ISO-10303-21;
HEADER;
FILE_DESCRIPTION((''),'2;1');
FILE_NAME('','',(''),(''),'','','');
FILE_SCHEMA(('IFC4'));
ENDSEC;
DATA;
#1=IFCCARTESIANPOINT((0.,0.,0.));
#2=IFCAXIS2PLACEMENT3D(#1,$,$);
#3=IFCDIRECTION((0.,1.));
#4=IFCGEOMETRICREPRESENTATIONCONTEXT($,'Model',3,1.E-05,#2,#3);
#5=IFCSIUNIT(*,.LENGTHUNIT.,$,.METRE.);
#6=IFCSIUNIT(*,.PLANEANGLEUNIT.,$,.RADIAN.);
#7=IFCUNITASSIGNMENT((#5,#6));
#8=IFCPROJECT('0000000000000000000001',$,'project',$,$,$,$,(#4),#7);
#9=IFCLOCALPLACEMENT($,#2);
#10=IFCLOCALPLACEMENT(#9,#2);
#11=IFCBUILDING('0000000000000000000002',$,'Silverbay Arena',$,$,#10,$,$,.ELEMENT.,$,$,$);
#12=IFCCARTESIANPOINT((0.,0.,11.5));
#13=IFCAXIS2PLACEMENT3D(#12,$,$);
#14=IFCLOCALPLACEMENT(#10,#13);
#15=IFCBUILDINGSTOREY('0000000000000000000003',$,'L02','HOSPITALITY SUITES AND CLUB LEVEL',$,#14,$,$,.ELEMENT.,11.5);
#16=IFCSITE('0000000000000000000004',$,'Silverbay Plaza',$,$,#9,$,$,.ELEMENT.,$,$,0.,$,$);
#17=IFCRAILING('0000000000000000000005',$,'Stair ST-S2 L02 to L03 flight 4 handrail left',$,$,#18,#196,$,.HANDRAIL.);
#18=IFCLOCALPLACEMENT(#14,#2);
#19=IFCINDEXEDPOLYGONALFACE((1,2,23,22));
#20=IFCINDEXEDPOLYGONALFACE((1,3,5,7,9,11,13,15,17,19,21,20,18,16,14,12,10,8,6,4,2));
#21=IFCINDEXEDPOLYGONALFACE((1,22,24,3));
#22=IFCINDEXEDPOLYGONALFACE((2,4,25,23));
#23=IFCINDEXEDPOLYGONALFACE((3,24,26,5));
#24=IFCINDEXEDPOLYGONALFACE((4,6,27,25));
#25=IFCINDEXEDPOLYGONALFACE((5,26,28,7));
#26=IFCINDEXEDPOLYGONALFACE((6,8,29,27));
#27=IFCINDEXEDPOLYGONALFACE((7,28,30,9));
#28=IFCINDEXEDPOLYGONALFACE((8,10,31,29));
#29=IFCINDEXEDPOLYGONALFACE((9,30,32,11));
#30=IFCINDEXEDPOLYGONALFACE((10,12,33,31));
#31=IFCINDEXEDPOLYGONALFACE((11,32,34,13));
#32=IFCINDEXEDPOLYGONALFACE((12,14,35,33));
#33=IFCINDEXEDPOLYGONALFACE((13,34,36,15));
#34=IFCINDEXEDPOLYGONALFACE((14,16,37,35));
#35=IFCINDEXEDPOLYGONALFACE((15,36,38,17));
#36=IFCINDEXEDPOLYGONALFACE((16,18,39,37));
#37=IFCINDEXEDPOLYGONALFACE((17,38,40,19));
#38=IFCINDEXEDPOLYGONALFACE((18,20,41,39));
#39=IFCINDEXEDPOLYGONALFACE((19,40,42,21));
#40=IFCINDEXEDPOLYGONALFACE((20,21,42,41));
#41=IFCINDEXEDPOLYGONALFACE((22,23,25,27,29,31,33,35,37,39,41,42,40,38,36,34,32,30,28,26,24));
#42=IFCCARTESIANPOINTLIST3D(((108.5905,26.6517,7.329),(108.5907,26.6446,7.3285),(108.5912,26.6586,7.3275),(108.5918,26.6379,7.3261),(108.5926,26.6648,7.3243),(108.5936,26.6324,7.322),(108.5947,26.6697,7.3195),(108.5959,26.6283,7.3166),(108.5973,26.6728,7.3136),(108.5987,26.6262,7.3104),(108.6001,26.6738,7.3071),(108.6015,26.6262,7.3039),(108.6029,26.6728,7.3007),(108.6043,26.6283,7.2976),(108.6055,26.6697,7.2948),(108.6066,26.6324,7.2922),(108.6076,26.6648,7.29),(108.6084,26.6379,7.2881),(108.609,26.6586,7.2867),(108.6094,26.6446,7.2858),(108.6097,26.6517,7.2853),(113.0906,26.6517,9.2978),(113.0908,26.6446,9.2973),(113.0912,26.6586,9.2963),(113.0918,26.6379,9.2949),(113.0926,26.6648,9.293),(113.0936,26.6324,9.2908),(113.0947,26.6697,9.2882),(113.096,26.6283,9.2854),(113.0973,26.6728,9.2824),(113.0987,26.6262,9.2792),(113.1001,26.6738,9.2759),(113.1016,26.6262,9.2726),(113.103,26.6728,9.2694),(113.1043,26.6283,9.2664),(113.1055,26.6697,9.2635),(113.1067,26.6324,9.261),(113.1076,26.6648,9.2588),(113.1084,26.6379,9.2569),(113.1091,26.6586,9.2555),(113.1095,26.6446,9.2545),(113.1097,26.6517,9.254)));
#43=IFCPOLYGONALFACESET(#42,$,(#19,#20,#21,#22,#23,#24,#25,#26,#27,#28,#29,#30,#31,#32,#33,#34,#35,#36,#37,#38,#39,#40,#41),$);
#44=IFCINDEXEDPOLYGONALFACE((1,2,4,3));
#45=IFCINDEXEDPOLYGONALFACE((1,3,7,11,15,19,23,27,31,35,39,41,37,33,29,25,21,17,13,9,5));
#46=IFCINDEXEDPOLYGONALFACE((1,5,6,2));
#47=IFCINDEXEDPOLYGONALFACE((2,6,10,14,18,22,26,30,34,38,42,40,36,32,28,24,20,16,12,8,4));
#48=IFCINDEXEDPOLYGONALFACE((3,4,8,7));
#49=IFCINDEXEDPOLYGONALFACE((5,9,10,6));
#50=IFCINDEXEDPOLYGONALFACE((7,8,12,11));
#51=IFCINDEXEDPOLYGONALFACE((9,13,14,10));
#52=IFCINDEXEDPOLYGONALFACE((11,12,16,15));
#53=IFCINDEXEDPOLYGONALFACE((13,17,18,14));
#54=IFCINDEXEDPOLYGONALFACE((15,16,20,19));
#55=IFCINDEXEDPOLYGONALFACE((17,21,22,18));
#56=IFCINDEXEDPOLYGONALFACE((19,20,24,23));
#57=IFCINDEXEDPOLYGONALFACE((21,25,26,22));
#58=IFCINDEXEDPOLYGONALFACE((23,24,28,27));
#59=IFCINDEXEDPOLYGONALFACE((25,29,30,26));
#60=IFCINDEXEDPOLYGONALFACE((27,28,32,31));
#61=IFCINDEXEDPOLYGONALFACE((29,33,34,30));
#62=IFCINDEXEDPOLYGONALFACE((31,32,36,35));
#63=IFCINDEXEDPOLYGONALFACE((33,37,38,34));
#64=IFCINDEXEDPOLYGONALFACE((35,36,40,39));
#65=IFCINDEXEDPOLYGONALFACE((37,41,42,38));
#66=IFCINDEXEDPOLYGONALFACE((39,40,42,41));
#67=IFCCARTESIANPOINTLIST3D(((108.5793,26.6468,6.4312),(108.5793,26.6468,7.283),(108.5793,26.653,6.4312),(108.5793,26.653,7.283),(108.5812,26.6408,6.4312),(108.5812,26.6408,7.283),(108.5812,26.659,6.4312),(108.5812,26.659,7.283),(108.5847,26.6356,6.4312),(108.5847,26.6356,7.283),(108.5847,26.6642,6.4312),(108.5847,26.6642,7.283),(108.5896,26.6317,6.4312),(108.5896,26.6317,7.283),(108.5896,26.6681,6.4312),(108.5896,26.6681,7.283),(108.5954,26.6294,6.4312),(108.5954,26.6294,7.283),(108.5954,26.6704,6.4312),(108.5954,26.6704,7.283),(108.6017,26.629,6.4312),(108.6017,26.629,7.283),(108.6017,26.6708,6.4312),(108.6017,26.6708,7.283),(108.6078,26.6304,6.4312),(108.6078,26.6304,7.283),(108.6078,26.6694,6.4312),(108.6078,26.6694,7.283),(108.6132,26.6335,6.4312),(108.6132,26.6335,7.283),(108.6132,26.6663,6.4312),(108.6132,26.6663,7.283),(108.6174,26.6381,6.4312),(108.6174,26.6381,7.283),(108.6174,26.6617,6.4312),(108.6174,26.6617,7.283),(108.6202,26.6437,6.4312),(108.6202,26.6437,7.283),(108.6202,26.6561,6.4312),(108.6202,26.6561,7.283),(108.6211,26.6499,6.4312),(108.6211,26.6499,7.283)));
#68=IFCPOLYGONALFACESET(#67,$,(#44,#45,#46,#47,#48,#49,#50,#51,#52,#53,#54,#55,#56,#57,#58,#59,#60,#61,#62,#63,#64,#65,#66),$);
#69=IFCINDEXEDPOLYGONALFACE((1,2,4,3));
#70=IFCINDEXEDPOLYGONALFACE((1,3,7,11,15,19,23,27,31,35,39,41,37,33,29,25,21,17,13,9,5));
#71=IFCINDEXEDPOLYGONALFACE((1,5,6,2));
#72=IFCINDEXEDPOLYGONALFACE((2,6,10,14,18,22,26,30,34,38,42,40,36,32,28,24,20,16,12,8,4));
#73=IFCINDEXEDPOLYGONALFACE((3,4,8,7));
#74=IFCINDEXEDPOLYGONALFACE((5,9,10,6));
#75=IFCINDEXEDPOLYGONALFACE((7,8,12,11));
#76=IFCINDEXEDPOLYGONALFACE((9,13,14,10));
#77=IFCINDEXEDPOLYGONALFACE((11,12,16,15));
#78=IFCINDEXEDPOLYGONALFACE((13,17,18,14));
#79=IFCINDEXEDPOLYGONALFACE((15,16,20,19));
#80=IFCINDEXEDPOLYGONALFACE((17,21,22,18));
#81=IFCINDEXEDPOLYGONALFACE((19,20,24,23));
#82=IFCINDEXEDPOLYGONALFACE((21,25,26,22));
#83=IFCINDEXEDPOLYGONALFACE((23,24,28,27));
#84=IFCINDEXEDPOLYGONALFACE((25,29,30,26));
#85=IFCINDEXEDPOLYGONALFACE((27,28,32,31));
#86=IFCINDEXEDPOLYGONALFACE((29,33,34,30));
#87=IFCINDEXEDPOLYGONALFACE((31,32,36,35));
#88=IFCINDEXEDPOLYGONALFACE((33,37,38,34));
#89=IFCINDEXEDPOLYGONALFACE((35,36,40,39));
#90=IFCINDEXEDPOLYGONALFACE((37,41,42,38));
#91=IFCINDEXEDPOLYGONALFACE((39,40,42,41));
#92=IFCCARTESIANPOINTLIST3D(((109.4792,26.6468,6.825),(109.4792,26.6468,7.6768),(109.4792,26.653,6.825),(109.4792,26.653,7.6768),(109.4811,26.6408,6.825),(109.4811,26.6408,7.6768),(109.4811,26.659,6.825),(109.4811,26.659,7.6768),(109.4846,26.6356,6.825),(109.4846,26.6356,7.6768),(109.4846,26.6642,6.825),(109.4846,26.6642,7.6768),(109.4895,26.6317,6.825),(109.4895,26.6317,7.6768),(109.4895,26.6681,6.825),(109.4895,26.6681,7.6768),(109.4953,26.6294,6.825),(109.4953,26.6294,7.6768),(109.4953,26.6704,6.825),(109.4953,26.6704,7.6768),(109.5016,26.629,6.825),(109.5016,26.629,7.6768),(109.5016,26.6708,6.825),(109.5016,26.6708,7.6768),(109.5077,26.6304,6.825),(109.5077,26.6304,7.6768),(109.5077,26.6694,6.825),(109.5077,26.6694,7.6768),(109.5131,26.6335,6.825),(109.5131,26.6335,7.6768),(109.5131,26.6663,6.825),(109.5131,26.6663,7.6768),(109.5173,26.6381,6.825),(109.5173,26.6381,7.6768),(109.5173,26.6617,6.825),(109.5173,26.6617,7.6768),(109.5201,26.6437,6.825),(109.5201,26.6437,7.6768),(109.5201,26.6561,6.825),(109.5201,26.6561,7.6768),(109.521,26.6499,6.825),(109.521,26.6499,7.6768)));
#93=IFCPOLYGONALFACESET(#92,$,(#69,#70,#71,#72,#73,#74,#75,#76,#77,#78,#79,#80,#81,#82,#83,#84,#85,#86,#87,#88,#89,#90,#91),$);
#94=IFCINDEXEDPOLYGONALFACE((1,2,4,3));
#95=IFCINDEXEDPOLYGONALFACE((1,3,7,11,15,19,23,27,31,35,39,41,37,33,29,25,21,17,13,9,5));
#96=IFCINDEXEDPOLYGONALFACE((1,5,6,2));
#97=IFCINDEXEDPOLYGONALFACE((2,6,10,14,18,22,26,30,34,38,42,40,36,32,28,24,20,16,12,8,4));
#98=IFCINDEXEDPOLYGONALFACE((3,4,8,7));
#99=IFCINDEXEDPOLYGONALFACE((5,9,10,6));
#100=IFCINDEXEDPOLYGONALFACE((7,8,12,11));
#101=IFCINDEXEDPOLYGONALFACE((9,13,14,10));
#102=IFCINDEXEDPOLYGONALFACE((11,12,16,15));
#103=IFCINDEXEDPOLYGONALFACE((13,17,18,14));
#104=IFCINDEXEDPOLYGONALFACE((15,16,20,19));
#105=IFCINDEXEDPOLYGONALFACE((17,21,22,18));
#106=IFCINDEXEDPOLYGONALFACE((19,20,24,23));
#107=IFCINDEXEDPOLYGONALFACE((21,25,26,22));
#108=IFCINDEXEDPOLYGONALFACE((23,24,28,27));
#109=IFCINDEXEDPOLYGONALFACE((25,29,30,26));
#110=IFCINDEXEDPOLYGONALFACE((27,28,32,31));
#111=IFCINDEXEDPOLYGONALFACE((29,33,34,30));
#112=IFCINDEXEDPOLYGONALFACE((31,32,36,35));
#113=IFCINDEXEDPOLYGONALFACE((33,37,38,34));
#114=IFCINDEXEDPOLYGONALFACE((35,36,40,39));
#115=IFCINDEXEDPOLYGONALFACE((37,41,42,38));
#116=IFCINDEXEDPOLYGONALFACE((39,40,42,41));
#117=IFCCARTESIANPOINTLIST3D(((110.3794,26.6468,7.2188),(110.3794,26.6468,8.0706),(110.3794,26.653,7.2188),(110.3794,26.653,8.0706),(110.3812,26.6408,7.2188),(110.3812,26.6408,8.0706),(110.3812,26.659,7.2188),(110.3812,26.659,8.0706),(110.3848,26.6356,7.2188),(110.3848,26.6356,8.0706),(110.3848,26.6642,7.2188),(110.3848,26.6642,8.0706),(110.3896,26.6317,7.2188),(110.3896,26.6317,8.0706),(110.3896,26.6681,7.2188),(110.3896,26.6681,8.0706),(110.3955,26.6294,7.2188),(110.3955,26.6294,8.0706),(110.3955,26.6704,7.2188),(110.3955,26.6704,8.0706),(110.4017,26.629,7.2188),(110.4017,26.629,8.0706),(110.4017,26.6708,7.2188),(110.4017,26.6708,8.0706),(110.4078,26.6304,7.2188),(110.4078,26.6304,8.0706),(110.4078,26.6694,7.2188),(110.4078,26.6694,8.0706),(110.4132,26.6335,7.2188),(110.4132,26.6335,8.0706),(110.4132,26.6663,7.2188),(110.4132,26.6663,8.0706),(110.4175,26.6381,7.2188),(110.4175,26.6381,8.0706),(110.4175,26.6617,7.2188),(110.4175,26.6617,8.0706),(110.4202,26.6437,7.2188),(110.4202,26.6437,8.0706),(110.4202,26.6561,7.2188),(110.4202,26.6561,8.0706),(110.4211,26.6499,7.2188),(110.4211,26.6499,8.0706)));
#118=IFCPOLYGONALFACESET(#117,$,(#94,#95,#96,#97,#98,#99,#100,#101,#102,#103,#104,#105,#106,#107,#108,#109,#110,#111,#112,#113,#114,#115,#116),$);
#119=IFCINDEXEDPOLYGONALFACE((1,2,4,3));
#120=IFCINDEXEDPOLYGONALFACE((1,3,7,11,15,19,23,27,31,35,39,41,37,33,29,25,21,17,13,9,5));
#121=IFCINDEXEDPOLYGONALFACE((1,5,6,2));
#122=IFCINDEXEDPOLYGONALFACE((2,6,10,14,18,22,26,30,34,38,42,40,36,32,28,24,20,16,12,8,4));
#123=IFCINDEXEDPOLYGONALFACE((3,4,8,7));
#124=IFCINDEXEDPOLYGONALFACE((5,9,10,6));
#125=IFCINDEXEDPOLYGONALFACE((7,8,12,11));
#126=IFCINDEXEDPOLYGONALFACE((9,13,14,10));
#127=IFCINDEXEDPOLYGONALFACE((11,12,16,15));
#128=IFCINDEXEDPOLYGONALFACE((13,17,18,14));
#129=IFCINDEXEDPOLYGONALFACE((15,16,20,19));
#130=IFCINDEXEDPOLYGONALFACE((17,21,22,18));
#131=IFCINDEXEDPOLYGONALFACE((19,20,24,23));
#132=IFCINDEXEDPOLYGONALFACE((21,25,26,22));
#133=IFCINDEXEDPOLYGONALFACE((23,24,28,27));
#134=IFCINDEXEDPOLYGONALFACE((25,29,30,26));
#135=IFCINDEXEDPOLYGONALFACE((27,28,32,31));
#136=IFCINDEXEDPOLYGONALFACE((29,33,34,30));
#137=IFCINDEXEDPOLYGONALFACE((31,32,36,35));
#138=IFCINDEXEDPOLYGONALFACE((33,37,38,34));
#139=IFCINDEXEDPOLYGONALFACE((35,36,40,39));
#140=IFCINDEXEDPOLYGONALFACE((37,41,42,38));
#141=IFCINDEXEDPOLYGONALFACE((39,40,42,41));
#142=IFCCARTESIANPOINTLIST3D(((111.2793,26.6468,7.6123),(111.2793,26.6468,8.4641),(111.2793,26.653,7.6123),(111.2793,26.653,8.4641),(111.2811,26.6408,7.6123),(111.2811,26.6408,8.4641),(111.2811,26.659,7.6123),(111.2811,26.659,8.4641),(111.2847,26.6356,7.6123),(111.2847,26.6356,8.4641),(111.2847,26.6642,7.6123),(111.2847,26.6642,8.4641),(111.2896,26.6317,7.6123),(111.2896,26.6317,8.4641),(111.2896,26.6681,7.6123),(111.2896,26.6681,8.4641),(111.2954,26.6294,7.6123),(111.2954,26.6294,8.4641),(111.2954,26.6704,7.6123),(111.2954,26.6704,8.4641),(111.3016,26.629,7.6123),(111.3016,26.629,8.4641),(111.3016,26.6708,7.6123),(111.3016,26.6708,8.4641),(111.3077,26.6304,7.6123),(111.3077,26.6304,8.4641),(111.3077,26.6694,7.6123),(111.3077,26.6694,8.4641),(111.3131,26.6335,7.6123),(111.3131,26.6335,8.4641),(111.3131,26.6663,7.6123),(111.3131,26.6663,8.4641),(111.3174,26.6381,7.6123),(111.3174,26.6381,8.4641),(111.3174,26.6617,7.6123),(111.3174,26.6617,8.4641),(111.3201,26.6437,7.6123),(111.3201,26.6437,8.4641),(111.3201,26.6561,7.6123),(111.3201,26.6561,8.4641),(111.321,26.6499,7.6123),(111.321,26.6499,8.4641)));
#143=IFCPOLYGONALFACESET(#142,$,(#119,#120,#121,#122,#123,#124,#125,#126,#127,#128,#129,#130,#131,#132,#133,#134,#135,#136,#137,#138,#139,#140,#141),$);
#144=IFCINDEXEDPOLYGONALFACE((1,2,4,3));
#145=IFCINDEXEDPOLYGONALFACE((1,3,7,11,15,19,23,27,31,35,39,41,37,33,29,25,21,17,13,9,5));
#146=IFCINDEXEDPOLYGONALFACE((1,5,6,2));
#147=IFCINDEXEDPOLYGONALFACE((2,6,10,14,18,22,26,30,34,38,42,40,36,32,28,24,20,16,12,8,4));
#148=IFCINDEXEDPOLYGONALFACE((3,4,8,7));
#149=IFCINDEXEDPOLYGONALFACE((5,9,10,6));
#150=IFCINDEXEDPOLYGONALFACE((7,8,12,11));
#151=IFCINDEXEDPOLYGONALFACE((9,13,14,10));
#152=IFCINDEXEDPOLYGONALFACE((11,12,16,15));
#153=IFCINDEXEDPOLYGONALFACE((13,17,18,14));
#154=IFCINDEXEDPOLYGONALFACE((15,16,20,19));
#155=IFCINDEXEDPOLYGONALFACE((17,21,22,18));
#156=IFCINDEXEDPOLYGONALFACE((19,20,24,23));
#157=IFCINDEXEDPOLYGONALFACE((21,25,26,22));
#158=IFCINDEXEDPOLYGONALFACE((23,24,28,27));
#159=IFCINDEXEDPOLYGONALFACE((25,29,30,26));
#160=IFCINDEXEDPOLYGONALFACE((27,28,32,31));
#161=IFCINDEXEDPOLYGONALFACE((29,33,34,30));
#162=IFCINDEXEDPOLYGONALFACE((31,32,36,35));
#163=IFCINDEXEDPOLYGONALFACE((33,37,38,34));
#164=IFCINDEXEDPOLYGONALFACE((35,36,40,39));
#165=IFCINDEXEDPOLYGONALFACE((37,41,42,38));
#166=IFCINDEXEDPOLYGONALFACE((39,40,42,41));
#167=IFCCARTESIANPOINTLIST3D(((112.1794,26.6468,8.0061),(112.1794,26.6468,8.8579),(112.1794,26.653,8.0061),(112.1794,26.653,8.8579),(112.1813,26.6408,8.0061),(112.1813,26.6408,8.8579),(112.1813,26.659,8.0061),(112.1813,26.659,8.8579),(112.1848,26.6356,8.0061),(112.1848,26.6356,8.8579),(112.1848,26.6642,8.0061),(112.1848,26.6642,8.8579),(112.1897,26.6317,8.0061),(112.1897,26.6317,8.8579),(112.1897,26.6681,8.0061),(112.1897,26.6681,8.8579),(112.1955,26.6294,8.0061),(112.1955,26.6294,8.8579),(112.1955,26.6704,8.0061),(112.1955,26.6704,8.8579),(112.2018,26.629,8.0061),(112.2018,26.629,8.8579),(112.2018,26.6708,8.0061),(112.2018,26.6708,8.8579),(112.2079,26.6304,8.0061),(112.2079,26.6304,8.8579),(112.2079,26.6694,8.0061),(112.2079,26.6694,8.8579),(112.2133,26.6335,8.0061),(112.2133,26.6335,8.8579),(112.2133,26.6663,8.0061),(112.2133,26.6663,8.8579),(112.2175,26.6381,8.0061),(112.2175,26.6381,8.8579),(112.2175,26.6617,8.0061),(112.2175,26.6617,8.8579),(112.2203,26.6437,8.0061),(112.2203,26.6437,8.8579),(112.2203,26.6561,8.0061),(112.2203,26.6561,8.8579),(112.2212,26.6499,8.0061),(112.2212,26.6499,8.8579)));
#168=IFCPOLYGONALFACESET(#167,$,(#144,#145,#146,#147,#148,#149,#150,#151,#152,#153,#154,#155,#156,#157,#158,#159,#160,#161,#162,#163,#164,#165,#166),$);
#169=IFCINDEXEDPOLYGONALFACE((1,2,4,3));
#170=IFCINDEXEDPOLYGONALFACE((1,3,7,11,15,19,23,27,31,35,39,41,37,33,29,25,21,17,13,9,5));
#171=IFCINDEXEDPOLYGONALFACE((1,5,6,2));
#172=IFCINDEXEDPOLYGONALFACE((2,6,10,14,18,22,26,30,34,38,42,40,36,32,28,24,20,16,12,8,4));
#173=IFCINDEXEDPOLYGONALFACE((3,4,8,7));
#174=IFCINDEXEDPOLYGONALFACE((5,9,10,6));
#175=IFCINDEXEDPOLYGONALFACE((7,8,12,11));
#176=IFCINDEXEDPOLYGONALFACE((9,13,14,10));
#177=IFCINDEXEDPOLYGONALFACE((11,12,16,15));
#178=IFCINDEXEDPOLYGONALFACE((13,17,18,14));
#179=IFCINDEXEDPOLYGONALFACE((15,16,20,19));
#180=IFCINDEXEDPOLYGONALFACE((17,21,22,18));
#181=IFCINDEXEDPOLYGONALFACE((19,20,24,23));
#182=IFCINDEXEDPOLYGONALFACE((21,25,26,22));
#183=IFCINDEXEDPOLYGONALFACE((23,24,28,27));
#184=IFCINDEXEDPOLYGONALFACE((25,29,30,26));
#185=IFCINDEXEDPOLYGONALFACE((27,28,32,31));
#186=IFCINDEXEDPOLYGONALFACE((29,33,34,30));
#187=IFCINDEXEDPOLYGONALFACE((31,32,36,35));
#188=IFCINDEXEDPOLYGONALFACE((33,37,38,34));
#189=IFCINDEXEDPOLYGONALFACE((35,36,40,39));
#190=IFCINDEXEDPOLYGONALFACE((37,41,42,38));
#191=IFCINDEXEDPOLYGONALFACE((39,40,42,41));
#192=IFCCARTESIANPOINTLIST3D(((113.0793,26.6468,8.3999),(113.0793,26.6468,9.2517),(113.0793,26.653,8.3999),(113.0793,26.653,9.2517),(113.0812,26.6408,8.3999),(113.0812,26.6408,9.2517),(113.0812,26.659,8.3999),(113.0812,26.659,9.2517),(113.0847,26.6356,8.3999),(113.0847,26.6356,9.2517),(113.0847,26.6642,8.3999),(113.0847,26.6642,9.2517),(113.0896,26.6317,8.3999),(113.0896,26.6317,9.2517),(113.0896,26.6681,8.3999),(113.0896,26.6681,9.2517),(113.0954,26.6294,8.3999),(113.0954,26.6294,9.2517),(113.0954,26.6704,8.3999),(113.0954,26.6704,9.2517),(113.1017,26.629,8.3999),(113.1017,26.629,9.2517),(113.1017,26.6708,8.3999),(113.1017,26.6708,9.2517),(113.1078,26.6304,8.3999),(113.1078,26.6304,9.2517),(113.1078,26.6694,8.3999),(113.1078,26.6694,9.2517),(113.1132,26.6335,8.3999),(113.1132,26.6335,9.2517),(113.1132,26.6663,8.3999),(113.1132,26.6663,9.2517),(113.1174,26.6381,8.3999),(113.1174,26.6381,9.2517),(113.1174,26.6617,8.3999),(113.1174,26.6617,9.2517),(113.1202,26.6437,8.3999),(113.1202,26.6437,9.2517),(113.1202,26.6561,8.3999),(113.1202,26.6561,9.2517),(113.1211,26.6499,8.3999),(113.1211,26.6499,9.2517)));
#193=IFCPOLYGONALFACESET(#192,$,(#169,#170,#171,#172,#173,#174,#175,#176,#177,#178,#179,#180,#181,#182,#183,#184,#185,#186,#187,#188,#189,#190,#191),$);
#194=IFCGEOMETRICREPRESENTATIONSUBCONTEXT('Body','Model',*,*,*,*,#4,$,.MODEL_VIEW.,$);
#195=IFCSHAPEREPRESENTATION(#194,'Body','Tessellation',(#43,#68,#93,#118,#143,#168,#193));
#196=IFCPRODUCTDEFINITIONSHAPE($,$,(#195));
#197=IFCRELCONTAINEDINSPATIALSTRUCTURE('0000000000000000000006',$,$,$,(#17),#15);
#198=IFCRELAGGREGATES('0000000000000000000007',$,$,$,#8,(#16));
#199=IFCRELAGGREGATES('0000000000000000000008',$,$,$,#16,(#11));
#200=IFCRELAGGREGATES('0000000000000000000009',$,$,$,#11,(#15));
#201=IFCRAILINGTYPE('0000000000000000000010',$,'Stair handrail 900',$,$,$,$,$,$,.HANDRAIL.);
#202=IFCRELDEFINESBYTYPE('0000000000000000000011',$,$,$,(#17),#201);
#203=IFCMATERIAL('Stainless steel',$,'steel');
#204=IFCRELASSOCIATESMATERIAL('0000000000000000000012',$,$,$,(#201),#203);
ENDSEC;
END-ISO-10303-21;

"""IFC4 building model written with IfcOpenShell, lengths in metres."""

from ifc_helpers import new_model, si_unit, direction, frame, origin, origin_2d, place, context, subcontext, project, spatial, circle, extrude, material, type_object, element, save


model = new_model("IFC4")

# Units and contexts
model_context = context("Model", 3, precision=1e-05, world=origin(), true_north=direction((0.0, 1.0)))
body_context = subcontext(model_context, "Body", "Model", "MODEL_VIEW")
ifc_project = project(units=[si_unit("LENGTHUNIT", "METRE"), si_unit("PLANEANGLEUNIT", "RADIAN")], contexts=[model_context])

# Site, building, storey
site_placement = place(None, origin())
site = spatial("IfcSite", under=ifc_project, at=site_placement, Name="Silverbay Plaza", CompositionType="ELEMENT", RefElevation=0.0)
building_placement = place(site_placement, origin())
building = spatial("IfcBuilding", under=site, at=building_placement, Name="Silverbay Arena", CompositionType="ELEMENT")
storey_placement = place(building_placement, frame((0.0, 0.0, 11.5)))
storey = spatial("IfcBuildingStorey", under=building, at=storey_placement, Name="L02", Description="HOSPITALITY SUITES AND CLUB LEVEL", CompositionType="ELEMENT", Elevation=11.5)

# Railing
ifc_material_1 = material(Name="Stainless steel", Category="steel")
railing_type_1 = type_object("IfcRailingType", Name="Stair handrail 900", PredefinedType="HANDRAIL", material=ifc_material_1)
for number, where, name in (
    (1, (108.6001, 26.6499, 6.4312), "Stair ST-S2 L02 to L03 flight 4 handrail left"),
):
    element("IfcRailing", number, at=place(storey_placement, frame(where)), inside=storey, type_object=railing_type_1, Name=name, PredefinedType="HANDRAIL", context=body_context, shape_type="SweptSolid", body=[
        extrude(circle(Radius=0.0239, at=origin_2d()), frame((0.0, 0.0, 0.876), z_axis=(0.916157, 0.0, 0.400819), x_axis=(0.0, 1.0, 0.0)), (0.0, 0.0, 1.0), 4.9119),
        extrude(circle(Radius=0.021, at=origin_2d()), origin(), (0.0, 0.0, 1.0), 0.8518),
        extrude(circle(Radius=0.021, at=origin_2d()), frame((0.8999, 0.0, 0.3938)), (0.0, 0.0, 1.0), 0.8518),
        extrude(circle(Radius=0.021, at=origin_2d()), frame((1.8, 0.0, 0.7876)), (0.0, 0.0, 1.0), 0.8518),
        extrude(circle(Radius=0.021, at=origin_2d()), frame((2.7, 0.0, 1.1812)), (0.0, 0.0, 1.0), 0.8518),
        extrude(circle(Radius=0.021, at=origin_2d()), frame((3.6001, 0.0, 1.575)), (0.0, 0.0, 1.0), 0.8518),
        extrude(circle(Radius=0.021, at=origin_2d()), frame((4.5, 0.0, 1.9688)), (0.0, 0.0, 1.0), 0.8518),
    ])

save(model, "model.ifc")
